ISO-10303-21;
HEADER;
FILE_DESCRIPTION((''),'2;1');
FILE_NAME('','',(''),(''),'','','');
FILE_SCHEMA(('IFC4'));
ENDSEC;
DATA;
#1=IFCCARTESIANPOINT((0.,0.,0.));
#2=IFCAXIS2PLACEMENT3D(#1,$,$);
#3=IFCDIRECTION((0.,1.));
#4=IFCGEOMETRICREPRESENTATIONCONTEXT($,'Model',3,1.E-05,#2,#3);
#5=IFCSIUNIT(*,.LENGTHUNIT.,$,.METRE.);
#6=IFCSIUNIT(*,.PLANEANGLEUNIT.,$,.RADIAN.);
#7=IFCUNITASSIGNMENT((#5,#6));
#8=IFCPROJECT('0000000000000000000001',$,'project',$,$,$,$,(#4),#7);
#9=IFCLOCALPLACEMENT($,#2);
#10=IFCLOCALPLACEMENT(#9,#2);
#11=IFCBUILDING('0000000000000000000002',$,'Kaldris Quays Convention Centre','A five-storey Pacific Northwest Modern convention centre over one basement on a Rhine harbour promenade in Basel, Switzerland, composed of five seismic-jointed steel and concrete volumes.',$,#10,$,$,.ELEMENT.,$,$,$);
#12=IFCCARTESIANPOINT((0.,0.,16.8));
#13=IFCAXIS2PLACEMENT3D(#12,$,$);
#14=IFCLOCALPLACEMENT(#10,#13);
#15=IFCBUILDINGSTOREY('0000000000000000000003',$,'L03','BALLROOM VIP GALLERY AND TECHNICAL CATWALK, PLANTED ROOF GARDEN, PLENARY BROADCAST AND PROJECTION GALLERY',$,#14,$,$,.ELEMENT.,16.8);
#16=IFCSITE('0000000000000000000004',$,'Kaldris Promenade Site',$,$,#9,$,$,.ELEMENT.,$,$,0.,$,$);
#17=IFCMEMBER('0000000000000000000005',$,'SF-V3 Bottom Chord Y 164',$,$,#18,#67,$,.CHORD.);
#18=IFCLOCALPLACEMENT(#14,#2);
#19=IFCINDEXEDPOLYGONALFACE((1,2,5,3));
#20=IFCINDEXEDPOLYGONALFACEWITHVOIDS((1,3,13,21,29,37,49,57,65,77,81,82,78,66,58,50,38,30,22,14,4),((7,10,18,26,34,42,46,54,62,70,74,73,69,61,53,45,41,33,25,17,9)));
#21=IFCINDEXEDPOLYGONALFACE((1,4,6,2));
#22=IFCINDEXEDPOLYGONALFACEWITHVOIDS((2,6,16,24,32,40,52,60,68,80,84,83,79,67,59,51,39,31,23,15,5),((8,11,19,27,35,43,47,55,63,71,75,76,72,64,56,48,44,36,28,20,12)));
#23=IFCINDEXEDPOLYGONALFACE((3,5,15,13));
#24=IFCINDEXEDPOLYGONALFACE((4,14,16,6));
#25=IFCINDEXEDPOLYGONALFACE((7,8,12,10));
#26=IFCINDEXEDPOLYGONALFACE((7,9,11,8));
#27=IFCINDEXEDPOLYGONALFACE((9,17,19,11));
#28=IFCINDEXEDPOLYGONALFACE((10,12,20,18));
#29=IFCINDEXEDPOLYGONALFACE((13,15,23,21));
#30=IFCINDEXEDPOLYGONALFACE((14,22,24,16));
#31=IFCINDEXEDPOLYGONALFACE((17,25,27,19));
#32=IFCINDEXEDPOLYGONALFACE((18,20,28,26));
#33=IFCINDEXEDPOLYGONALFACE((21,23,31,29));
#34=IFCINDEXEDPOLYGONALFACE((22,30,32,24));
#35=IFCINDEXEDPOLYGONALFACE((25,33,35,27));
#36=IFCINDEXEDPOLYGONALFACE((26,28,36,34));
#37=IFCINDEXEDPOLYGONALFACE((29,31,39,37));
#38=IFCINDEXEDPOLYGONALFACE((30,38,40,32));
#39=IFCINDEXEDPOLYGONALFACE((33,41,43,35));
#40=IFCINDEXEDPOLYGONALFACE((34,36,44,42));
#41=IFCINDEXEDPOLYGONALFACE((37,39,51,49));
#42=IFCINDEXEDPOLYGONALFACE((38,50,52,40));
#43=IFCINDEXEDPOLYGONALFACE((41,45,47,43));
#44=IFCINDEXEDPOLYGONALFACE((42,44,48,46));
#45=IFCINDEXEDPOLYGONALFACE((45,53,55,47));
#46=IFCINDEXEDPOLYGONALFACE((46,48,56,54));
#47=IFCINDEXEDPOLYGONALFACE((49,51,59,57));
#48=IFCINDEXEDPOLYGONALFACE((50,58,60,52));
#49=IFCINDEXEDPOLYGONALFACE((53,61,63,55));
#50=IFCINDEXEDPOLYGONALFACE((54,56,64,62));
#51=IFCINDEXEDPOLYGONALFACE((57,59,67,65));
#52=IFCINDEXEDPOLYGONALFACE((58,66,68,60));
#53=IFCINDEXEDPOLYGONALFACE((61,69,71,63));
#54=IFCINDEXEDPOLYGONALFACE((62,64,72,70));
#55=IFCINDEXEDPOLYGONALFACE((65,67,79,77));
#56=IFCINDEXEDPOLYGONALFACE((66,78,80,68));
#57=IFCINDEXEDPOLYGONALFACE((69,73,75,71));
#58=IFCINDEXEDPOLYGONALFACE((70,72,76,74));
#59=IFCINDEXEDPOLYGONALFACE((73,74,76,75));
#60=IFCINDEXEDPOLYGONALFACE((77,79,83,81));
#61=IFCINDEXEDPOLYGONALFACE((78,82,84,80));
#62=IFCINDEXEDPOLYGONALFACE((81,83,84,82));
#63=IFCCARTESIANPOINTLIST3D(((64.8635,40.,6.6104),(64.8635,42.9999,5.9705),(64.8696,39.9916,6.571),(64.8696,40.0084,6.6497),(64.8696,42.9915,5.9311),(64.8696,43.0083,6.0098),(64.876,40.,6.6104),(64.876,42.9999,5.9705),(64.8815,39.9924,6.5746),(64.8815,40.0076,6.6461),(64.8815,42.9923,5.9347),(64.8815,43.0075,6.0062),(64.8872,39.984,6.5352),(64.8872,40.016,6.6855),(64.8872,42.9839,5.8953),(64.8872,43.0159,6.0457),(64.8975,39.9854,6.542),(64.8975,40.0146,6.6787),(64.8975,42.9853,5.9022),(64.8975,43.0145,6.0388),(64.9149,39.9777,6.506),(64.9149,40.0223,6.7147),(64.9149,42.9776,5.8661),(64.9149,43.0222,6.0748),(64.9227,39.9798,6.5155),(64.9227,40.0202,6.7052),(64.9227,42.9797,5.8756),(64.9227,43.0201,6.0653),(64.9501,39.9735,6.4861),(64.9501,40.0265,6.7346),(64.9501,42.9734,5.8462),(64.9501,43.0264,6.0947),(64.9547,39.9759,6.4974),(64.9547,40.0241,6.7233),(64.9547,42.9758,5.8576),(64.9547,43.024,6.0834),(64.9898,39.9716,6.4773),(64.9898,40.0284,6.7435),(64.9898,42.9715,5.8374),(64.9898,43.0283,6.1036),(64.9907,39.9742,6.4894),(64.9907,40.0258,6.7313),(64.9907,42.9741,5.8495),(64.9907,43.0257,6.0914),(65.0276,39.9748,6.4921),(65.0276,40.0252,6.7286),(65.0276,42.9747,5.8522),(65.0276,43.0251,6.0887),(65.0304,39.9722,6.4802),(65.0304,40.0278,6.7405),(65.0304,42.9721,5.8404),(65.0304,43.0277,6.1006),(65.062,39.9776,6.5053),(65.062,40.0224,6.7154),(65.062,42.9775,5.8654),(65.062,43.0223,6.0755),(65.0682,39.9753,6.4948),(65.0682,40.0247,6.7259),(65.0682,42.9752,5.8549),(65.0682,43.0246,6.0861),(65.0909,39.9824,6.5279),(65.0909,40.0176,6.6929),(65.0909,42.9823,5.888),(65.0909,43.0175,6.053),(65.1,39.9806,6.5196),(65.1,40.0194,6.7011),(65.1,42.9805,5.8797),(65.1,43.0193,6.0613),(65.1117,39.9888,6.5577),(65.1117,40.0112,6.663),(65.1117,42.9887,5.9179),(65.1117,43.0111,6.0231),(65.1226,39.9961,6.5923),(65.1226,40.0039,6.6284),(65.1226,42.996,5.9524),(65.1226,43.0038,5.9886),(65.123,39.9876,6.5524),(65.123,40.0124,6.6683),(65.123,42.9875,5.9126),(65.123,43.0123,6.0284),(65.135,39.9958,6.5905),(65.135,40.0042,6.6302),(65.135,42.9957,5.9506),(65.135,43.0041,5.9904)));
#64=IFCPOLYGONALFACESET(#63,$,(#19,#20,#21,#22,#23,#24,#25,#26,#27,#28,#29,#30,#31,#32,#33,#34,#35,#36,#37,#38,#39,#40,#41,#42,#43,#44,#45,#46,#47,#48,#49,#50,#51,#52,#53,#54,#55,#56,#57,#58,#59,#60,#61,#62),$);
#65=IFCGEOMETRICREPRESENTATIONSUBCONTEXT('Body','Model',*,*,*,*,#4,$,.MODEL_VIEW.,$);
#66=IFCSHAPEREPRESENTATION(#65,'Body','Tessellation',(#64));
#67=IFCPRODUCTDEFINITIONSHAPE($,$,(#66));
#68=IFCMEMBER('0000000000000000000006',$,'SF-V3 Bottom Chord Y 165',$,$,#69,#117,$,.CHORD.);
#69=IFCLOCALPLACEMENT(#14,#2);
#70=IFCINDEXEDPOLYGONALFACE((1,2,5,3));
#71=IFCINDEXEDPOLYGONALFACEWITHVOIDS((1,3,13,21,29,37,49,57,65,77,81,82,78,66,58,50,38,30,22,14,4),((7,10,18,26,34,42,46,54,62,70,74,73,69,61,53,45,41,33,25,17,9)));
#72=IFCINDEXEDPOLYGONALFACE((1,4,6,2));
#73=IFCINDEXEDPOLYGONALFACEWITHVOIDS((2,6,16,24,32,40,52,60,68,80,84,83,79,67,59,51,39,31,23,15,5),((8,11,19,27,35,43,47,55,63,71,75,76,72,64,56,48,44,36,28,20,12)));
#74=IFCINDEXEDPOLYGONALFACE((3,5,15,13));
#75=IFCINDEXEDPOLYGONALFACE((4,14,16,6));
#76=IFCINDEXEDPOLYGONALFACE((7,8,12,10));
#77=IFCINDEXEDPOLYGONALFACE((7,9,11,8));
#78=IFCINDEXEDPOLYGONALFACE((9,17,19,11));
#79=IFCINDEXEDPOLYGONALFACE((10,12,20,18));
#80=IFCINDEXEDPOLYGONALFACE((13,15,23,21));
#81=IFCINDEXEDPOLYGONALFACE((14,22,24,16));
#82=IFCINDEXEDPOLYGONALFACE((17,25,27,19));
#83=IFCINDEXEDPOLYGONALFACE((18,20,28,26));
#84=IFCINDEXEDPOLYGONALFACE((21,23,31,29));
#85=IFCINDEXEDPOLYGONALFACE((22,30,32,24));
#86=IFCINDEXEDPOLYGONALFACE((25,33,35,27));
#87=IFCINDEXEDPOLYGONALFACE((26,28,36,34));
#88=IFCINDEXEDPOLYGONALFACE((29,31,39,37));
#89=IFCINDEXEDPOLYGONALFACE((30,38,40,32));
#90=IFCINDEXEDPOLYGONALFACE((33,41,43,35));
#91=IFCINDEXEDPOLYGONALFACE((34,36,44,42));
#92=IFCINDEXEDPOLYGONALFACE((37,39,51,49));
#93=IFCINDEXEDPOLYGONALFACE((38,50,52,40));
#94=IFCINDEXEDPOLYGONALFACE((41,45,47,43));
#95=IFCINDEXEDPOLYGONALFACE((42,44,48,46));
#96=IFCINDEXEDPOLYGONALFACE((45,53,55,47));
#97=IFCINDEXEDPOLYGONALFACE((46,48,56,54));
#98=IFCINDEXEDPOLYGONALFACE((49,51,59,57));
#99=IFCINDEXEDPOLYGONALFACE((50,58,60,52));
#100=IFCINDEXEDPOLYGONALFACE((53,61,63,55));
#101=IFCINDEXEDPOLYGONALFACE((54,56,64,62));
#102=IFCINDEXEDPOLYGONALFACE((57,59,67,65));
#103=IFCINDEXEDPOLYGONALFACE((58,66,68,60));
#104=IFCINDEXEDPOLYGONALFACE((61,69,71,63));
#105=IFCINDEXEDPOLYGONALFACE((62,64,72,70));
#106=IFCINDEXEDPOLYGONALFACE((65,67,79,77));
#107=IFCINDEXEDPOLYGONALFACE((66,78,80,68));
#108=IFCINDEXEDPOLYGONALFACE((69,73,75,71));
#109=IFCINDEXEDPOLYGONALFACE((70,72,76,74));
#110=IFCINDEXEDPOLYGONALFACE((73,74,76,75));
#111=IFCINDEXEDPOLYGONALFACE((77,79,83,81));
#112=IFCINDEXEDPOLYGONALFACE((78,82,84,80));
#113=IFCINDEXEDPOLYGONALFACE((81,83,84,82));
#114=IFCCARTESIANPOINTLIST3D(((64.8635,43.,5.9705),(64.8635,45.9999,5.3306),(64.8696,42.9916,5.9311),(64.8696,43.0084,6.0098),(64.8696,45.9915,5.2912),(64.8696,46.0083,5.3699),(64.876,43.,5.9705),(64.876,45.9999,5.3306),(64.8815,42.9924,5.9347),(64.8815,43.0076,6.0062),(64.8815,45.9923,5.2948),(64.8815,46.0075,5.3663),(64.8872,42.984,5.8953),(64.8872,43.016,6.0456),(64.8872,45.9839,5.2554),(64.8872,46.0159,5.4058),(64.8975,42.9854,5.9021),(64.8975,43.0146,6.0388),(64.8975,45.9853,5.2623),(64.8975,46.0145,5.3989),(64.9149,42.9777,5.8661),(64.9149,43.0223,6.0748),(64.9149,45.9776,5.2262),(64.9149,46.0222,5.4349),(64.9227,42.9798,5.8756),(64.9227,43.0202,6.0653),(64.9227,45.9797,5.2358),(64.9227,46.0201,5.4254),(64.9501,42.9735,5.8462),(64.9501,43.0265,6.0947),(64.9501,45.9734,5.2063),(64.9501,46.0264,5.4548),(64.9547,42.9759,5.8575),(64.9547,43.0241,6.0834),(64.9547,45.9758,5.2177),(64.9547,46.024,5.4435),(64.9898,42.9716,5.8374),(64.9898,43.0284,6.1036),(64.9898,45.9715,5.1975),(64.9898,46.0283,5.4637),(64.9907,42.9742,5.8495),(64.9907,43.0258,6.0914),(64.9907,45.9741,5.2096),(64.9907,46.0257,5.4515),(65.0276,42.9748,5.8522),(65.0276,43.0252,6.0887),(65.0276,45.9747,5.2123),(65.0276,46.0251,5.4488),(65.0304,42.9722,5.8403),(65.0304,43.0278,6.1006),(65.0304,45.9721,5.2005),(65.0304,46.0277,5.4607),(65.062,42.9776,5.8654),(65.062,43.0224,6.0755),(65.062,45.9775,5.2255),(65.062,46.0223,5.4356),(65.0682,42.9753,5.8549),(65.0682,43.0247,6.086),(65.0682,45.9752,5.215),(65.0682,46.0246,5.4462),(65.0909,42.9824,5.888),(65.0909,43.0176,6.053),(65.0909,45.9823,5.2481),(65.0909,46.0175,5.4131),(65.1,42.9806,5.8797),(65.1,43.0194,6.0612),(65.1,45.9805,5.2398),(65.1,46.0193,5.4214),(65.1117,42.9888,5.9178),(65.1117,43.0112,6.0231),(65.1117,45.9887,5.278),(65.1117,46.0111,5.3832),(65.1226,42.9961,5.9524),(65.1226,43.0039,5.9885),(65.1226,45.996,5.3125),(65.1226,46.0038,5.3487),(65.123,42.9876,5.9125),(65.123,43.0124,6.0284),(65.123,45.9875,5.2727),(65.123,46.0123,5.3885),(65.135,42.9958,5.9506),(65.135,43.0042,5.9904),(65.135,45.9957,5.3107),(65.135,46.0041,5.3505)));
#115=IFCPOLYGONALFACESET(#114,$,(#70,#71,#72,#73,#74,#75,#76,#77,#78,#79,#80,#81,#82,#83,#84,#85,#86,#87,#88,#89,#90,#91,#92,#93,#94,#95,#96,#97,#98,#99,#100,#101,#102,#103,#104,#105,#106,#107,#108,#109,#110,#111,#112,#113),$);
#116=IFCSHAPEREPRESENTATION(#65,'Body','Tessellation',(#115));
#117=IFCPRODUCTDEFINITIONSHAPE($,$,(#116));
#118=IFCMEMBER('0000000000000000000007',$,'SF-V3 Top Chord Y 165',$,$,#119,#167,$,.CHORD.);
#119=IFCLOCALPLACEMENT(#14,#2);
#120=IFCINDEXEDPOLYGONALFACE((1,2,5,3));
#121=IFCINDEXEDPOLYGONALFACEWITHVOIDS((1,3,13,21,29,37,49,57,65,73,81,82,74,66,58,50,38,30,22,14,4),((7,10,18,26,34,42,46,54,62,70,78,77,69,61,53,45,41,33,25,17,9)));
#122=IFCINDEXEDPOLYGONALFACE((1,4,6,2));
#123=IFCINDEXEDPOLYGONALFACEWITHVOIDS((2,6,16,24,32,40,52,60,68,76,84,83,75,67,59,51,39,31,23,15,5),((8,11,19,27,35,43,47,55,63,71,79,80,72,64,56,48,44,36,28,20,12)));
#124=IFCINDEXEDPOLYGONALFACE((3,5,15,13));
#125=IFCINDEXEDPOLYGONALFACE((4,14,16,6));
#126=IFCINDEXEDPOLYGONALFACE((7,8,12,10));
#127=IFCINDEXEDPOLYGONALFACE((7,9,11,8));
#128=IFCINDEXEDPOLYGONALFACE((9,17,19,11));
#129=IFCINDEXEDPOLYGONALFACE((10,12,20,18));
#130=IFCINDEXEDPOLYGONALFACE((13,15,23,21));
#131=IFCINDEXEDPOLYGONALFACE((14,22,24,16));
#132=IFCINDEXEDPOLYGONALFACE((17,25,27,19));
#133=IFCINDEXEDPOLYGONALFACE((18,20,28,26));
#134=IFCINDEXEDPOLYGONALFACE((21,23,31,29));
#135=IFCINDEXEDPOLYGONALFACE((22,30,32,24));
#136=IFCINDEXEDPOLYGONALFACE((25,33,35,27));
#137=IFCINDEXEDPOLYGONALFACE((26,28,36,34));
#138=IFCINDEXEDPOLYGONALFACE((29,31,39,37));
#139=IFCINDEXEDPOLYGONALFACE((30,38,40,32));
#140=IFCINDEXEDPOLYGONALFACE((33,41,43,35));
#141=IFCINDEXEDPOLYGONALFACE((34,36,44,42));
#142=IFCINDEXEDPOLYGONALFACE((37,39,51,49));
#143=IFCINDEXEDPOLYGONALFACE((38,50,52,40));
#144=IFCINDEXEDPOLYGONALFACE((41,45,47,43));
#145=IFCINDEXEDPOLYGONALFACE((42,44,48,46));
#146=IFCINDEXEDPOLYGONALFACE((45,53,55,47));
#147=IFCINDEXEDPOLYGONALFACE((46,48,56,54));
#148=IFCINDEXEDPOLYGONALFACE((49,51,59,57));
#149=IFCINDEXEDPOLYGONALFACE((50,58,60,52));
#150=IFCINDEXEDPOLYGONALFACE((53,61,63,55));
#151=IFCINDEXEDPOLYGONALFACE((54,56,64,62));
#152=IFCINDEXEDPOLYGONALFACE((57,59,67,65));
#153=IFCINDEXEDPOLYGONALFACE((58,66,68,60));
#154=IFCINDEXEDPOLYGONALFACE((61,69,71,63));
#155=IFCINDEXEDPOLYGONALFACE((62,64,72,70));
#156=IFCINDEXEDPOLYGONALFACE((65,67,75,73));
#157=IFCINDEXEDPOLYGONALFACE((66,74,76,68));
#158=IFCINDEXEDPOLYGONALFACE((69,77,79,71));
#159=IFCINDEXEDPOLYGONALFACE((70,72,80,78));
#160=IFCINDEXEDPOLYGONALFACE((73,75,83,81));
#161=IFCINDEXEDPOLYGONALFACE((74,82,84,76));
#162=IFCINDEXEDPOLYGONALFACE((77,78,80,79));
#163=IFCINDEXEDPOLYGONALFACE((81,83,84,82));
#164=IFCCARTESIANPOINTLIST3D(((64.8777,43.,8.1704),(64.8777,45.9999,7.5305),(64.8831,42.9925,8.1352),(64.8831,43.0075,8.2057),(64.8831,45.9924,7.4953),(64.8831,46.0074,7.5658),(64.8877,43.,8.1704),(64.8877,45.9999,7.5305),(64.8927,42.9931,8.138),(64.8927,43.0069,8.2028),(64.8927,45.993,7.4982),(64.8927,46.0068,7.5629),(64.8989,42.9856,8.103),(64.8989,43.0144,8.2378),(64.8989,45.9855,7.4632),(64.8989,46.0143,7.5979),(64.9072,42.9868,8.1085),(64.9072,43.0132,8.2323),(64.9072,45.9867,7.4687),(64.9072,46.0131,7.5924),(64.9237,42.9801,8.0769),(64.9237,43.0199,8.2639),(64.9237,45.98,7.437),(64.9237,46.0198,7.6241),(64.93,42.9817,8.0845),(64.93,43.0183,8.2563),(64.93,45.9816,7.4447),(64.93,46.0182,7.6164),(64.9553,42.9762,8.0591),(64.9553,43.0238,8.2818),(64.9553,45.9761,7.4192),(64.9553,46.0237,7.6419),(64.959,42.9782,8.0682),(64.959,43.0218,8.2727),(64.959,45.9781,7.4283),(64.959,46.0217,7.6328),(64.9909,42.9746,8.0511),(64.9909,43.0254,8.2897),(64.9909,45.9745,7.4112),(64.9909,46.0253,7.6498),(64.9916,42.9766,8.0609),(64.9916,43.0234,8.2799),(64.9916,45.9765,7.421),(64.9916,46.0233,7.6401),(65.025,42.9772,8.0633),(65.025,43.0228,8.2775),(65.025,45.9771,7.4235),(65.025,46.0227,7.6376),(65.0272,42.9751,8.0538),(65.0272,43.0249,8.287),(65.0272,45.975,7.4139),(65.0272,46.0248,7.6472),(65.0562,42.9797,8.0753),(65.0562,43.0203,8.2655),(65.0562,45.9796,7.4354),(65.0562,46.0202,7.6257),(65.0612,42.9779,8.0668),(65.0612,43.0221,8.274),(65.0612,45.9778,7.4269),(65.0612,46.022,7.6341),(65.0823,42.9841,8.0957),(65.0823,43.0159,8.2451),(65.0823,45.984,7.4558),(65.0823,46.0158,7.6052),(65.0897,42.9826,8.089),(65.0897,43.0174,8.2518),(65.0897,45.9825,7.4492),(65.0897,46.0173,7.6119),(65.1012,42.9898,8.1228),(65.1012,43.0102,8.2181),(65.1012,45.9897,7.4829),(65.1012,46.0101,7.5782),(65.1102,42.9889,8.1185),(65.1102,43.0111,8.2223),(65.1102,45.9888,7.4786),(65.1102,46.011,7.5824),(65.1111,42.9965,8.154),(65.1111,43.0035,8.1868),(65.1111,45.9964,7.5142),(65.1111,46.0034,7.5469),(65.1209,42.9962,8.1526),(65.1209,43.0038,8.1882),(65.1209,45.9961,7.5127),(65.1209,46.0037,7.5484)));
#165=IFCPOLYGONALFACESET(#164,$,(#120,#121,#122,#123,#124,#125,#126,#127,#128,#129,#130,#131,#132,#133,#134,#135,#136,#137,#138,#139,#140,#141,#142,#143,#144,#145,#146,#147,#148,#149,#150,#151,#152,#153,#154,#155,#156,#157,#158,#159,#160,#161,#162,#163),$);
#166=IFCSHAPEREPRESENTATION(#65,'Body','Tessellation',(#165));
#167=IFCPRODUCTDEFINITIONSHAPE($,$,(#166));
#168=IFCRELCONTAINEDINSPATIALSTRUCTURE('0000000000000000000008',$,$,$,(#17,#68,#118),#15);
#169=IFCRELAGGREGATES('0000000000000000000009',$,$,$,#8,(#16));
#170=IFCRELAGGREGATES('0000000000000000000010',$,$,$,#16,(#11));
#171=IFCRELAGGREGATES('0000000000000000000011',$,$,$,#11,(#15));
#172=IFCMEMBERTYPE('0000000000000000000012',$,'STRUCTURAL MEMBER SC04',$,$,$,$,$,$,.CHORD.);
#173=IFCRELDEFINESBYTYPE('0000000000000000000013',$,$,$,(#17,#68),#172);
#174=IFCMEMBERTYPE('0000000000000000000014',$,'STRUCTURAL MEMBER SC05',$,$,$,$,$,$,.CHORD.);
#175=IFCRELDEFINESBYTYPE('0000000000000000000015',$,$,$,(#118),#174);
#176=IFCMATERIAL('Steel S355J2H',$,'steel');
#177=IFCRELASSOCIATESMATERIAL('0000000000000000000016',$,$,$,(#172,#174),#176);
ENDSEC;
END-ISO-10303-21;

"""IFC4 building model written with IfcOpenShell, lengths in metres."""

from ifc_helpers import new_model, si_unit, direction, frame, origin, origin_2d, place, context, subcontext, project, spatial, hollow_circle, extrude, material, material_profile, profile_set, type_object, element, save


model = new_model("IFC4")

# Units and contexts
model_context = context("Model", 3, precision=1e-05, world=origin(), true_north=direction((0.0, 1.0)))
body_context = subcontext(model_context, "Body", "Model", "MODEL_VIEW")
ifc_project = project(units=[si_unit("LENGTHUNIT", "METRE"), si_unit("PLANEANGLEUNIT", "RADIAN")], contexts=[model_context])

# Site, building, storey
site_placement = place(None, origin())
site = spatial("IfcSite", under=ifc_project, at=site_placement, Name="Kaldris Promenade Site", CompositionType="ELEMENT", RefElevation=0.0)
building_placement = place(site_placement, origin())
building = spatial("IfcBuilding", under=site, at=building_placement, Name="Kaldris Quays Convention Centre", Description="A five-storey Pacific Northwest Modern convention centre over one basement on a Rhine harbour promenade in Basel, Switzerland, composed of five seismic-jointed steel and concrete volumes.", CompositionType="ELEMENT")
storey_placement = place(building_placement, frame((0.0, 0.0, 16.8)))
storey = spatial("IfcBuildingStorey", under=building, at=storey_placement, Name="L03", Description="BALLROOM VIP GALLERY AND TECHNICAL CATWALK, PLANTED ROOF GARDEN, PLENARY BROADCAST AND PROJECTION GALLERY", CompositionType="ELEMENT", Elevation=16.8)

# Members
ifc_material_1 = material(Name="Steel S355J2H", Category="steel")
ifc_material_profile_1 = material_profile(ifc_material_1, hollow_circle(Radius=0.1365, WallThickness=0.0125, at=origin_2d()), Name="CHS 273x12.5")
ifc_profile_set_1 = profile_set([ifc_material_profile_1], Name="Steel S355J2H")
member_type_1 = type_object("IfcMemberType", Name="STRUCTURAL MEMBER SC04", PredefinedType="CHORD", material=ifc_profile_set_1)
for number, where, z_axis, x_axis, name in (
    (1, (65.0, 40.0, 6.6104), (0.0, 0.978, -0.208605), (-1.0, 0.0, 0.0), "SF-V3 Bottom Chord Y 164"),
    (2, (65.0, 43.0, 5.9705), (0.0, 0.978, -0.208605), (-1.0, 0.0, 0.0), "SF-V3 Bottom Chord Y 165"),
):
    element("IfcMember", number, at=place(storey_placement, frame(where, z_axis=z_axis, x_axis=x_axis)), inside=storey, type_object=member_type_1, Name=name, PredefinedType="CHORD", context=body_context, shape_type="SweptSolid", body=[
        extrude(hollow_circle(Radius=0.1365, WallThickness=0.0125, at=origin_2d()), origin(), (0.0, 0.0, 1.0), 3.0674),
    ])
ifc_material_profile_2 = material_profile(ifc_material_1, hollow_circle(Radius=0.1223, WallThickness=0.01, at=origin_2d()), Name="CHS 244.5x10")
ifc_profile_set_2 = profile_set([ifc_material_profile_2], Name="Steel S355J2H")
member_type_2 = type_object("IfcMemberType", Name="STRUCTURAL MEMBER SC05", PredefinedType="CHORD", material=ifc_profile_set_2)
member_1_placement = place(storey_placement, frame((65.0, 43.0, 8.1704), z_axis=(0.0, 0.978, -0.208605), x_axis=(-1.0, 0.0, 0.0)))
element("IfcMember", 3, at=member_1_placement, inside=storey, type_object=member_type_2, Name="SF-V3 Top Chord Y 165", PredefinedType="CHORD", context=body_context, shape_type="SweptSolid", body=[
    extrude(hollow_circle(Radius=0.1223, WallThickness=0.01, at=origin_2d()), origin(), (0.0, 0.0, 1.0), 3.0674),
])

save(model, "model.ifc")
